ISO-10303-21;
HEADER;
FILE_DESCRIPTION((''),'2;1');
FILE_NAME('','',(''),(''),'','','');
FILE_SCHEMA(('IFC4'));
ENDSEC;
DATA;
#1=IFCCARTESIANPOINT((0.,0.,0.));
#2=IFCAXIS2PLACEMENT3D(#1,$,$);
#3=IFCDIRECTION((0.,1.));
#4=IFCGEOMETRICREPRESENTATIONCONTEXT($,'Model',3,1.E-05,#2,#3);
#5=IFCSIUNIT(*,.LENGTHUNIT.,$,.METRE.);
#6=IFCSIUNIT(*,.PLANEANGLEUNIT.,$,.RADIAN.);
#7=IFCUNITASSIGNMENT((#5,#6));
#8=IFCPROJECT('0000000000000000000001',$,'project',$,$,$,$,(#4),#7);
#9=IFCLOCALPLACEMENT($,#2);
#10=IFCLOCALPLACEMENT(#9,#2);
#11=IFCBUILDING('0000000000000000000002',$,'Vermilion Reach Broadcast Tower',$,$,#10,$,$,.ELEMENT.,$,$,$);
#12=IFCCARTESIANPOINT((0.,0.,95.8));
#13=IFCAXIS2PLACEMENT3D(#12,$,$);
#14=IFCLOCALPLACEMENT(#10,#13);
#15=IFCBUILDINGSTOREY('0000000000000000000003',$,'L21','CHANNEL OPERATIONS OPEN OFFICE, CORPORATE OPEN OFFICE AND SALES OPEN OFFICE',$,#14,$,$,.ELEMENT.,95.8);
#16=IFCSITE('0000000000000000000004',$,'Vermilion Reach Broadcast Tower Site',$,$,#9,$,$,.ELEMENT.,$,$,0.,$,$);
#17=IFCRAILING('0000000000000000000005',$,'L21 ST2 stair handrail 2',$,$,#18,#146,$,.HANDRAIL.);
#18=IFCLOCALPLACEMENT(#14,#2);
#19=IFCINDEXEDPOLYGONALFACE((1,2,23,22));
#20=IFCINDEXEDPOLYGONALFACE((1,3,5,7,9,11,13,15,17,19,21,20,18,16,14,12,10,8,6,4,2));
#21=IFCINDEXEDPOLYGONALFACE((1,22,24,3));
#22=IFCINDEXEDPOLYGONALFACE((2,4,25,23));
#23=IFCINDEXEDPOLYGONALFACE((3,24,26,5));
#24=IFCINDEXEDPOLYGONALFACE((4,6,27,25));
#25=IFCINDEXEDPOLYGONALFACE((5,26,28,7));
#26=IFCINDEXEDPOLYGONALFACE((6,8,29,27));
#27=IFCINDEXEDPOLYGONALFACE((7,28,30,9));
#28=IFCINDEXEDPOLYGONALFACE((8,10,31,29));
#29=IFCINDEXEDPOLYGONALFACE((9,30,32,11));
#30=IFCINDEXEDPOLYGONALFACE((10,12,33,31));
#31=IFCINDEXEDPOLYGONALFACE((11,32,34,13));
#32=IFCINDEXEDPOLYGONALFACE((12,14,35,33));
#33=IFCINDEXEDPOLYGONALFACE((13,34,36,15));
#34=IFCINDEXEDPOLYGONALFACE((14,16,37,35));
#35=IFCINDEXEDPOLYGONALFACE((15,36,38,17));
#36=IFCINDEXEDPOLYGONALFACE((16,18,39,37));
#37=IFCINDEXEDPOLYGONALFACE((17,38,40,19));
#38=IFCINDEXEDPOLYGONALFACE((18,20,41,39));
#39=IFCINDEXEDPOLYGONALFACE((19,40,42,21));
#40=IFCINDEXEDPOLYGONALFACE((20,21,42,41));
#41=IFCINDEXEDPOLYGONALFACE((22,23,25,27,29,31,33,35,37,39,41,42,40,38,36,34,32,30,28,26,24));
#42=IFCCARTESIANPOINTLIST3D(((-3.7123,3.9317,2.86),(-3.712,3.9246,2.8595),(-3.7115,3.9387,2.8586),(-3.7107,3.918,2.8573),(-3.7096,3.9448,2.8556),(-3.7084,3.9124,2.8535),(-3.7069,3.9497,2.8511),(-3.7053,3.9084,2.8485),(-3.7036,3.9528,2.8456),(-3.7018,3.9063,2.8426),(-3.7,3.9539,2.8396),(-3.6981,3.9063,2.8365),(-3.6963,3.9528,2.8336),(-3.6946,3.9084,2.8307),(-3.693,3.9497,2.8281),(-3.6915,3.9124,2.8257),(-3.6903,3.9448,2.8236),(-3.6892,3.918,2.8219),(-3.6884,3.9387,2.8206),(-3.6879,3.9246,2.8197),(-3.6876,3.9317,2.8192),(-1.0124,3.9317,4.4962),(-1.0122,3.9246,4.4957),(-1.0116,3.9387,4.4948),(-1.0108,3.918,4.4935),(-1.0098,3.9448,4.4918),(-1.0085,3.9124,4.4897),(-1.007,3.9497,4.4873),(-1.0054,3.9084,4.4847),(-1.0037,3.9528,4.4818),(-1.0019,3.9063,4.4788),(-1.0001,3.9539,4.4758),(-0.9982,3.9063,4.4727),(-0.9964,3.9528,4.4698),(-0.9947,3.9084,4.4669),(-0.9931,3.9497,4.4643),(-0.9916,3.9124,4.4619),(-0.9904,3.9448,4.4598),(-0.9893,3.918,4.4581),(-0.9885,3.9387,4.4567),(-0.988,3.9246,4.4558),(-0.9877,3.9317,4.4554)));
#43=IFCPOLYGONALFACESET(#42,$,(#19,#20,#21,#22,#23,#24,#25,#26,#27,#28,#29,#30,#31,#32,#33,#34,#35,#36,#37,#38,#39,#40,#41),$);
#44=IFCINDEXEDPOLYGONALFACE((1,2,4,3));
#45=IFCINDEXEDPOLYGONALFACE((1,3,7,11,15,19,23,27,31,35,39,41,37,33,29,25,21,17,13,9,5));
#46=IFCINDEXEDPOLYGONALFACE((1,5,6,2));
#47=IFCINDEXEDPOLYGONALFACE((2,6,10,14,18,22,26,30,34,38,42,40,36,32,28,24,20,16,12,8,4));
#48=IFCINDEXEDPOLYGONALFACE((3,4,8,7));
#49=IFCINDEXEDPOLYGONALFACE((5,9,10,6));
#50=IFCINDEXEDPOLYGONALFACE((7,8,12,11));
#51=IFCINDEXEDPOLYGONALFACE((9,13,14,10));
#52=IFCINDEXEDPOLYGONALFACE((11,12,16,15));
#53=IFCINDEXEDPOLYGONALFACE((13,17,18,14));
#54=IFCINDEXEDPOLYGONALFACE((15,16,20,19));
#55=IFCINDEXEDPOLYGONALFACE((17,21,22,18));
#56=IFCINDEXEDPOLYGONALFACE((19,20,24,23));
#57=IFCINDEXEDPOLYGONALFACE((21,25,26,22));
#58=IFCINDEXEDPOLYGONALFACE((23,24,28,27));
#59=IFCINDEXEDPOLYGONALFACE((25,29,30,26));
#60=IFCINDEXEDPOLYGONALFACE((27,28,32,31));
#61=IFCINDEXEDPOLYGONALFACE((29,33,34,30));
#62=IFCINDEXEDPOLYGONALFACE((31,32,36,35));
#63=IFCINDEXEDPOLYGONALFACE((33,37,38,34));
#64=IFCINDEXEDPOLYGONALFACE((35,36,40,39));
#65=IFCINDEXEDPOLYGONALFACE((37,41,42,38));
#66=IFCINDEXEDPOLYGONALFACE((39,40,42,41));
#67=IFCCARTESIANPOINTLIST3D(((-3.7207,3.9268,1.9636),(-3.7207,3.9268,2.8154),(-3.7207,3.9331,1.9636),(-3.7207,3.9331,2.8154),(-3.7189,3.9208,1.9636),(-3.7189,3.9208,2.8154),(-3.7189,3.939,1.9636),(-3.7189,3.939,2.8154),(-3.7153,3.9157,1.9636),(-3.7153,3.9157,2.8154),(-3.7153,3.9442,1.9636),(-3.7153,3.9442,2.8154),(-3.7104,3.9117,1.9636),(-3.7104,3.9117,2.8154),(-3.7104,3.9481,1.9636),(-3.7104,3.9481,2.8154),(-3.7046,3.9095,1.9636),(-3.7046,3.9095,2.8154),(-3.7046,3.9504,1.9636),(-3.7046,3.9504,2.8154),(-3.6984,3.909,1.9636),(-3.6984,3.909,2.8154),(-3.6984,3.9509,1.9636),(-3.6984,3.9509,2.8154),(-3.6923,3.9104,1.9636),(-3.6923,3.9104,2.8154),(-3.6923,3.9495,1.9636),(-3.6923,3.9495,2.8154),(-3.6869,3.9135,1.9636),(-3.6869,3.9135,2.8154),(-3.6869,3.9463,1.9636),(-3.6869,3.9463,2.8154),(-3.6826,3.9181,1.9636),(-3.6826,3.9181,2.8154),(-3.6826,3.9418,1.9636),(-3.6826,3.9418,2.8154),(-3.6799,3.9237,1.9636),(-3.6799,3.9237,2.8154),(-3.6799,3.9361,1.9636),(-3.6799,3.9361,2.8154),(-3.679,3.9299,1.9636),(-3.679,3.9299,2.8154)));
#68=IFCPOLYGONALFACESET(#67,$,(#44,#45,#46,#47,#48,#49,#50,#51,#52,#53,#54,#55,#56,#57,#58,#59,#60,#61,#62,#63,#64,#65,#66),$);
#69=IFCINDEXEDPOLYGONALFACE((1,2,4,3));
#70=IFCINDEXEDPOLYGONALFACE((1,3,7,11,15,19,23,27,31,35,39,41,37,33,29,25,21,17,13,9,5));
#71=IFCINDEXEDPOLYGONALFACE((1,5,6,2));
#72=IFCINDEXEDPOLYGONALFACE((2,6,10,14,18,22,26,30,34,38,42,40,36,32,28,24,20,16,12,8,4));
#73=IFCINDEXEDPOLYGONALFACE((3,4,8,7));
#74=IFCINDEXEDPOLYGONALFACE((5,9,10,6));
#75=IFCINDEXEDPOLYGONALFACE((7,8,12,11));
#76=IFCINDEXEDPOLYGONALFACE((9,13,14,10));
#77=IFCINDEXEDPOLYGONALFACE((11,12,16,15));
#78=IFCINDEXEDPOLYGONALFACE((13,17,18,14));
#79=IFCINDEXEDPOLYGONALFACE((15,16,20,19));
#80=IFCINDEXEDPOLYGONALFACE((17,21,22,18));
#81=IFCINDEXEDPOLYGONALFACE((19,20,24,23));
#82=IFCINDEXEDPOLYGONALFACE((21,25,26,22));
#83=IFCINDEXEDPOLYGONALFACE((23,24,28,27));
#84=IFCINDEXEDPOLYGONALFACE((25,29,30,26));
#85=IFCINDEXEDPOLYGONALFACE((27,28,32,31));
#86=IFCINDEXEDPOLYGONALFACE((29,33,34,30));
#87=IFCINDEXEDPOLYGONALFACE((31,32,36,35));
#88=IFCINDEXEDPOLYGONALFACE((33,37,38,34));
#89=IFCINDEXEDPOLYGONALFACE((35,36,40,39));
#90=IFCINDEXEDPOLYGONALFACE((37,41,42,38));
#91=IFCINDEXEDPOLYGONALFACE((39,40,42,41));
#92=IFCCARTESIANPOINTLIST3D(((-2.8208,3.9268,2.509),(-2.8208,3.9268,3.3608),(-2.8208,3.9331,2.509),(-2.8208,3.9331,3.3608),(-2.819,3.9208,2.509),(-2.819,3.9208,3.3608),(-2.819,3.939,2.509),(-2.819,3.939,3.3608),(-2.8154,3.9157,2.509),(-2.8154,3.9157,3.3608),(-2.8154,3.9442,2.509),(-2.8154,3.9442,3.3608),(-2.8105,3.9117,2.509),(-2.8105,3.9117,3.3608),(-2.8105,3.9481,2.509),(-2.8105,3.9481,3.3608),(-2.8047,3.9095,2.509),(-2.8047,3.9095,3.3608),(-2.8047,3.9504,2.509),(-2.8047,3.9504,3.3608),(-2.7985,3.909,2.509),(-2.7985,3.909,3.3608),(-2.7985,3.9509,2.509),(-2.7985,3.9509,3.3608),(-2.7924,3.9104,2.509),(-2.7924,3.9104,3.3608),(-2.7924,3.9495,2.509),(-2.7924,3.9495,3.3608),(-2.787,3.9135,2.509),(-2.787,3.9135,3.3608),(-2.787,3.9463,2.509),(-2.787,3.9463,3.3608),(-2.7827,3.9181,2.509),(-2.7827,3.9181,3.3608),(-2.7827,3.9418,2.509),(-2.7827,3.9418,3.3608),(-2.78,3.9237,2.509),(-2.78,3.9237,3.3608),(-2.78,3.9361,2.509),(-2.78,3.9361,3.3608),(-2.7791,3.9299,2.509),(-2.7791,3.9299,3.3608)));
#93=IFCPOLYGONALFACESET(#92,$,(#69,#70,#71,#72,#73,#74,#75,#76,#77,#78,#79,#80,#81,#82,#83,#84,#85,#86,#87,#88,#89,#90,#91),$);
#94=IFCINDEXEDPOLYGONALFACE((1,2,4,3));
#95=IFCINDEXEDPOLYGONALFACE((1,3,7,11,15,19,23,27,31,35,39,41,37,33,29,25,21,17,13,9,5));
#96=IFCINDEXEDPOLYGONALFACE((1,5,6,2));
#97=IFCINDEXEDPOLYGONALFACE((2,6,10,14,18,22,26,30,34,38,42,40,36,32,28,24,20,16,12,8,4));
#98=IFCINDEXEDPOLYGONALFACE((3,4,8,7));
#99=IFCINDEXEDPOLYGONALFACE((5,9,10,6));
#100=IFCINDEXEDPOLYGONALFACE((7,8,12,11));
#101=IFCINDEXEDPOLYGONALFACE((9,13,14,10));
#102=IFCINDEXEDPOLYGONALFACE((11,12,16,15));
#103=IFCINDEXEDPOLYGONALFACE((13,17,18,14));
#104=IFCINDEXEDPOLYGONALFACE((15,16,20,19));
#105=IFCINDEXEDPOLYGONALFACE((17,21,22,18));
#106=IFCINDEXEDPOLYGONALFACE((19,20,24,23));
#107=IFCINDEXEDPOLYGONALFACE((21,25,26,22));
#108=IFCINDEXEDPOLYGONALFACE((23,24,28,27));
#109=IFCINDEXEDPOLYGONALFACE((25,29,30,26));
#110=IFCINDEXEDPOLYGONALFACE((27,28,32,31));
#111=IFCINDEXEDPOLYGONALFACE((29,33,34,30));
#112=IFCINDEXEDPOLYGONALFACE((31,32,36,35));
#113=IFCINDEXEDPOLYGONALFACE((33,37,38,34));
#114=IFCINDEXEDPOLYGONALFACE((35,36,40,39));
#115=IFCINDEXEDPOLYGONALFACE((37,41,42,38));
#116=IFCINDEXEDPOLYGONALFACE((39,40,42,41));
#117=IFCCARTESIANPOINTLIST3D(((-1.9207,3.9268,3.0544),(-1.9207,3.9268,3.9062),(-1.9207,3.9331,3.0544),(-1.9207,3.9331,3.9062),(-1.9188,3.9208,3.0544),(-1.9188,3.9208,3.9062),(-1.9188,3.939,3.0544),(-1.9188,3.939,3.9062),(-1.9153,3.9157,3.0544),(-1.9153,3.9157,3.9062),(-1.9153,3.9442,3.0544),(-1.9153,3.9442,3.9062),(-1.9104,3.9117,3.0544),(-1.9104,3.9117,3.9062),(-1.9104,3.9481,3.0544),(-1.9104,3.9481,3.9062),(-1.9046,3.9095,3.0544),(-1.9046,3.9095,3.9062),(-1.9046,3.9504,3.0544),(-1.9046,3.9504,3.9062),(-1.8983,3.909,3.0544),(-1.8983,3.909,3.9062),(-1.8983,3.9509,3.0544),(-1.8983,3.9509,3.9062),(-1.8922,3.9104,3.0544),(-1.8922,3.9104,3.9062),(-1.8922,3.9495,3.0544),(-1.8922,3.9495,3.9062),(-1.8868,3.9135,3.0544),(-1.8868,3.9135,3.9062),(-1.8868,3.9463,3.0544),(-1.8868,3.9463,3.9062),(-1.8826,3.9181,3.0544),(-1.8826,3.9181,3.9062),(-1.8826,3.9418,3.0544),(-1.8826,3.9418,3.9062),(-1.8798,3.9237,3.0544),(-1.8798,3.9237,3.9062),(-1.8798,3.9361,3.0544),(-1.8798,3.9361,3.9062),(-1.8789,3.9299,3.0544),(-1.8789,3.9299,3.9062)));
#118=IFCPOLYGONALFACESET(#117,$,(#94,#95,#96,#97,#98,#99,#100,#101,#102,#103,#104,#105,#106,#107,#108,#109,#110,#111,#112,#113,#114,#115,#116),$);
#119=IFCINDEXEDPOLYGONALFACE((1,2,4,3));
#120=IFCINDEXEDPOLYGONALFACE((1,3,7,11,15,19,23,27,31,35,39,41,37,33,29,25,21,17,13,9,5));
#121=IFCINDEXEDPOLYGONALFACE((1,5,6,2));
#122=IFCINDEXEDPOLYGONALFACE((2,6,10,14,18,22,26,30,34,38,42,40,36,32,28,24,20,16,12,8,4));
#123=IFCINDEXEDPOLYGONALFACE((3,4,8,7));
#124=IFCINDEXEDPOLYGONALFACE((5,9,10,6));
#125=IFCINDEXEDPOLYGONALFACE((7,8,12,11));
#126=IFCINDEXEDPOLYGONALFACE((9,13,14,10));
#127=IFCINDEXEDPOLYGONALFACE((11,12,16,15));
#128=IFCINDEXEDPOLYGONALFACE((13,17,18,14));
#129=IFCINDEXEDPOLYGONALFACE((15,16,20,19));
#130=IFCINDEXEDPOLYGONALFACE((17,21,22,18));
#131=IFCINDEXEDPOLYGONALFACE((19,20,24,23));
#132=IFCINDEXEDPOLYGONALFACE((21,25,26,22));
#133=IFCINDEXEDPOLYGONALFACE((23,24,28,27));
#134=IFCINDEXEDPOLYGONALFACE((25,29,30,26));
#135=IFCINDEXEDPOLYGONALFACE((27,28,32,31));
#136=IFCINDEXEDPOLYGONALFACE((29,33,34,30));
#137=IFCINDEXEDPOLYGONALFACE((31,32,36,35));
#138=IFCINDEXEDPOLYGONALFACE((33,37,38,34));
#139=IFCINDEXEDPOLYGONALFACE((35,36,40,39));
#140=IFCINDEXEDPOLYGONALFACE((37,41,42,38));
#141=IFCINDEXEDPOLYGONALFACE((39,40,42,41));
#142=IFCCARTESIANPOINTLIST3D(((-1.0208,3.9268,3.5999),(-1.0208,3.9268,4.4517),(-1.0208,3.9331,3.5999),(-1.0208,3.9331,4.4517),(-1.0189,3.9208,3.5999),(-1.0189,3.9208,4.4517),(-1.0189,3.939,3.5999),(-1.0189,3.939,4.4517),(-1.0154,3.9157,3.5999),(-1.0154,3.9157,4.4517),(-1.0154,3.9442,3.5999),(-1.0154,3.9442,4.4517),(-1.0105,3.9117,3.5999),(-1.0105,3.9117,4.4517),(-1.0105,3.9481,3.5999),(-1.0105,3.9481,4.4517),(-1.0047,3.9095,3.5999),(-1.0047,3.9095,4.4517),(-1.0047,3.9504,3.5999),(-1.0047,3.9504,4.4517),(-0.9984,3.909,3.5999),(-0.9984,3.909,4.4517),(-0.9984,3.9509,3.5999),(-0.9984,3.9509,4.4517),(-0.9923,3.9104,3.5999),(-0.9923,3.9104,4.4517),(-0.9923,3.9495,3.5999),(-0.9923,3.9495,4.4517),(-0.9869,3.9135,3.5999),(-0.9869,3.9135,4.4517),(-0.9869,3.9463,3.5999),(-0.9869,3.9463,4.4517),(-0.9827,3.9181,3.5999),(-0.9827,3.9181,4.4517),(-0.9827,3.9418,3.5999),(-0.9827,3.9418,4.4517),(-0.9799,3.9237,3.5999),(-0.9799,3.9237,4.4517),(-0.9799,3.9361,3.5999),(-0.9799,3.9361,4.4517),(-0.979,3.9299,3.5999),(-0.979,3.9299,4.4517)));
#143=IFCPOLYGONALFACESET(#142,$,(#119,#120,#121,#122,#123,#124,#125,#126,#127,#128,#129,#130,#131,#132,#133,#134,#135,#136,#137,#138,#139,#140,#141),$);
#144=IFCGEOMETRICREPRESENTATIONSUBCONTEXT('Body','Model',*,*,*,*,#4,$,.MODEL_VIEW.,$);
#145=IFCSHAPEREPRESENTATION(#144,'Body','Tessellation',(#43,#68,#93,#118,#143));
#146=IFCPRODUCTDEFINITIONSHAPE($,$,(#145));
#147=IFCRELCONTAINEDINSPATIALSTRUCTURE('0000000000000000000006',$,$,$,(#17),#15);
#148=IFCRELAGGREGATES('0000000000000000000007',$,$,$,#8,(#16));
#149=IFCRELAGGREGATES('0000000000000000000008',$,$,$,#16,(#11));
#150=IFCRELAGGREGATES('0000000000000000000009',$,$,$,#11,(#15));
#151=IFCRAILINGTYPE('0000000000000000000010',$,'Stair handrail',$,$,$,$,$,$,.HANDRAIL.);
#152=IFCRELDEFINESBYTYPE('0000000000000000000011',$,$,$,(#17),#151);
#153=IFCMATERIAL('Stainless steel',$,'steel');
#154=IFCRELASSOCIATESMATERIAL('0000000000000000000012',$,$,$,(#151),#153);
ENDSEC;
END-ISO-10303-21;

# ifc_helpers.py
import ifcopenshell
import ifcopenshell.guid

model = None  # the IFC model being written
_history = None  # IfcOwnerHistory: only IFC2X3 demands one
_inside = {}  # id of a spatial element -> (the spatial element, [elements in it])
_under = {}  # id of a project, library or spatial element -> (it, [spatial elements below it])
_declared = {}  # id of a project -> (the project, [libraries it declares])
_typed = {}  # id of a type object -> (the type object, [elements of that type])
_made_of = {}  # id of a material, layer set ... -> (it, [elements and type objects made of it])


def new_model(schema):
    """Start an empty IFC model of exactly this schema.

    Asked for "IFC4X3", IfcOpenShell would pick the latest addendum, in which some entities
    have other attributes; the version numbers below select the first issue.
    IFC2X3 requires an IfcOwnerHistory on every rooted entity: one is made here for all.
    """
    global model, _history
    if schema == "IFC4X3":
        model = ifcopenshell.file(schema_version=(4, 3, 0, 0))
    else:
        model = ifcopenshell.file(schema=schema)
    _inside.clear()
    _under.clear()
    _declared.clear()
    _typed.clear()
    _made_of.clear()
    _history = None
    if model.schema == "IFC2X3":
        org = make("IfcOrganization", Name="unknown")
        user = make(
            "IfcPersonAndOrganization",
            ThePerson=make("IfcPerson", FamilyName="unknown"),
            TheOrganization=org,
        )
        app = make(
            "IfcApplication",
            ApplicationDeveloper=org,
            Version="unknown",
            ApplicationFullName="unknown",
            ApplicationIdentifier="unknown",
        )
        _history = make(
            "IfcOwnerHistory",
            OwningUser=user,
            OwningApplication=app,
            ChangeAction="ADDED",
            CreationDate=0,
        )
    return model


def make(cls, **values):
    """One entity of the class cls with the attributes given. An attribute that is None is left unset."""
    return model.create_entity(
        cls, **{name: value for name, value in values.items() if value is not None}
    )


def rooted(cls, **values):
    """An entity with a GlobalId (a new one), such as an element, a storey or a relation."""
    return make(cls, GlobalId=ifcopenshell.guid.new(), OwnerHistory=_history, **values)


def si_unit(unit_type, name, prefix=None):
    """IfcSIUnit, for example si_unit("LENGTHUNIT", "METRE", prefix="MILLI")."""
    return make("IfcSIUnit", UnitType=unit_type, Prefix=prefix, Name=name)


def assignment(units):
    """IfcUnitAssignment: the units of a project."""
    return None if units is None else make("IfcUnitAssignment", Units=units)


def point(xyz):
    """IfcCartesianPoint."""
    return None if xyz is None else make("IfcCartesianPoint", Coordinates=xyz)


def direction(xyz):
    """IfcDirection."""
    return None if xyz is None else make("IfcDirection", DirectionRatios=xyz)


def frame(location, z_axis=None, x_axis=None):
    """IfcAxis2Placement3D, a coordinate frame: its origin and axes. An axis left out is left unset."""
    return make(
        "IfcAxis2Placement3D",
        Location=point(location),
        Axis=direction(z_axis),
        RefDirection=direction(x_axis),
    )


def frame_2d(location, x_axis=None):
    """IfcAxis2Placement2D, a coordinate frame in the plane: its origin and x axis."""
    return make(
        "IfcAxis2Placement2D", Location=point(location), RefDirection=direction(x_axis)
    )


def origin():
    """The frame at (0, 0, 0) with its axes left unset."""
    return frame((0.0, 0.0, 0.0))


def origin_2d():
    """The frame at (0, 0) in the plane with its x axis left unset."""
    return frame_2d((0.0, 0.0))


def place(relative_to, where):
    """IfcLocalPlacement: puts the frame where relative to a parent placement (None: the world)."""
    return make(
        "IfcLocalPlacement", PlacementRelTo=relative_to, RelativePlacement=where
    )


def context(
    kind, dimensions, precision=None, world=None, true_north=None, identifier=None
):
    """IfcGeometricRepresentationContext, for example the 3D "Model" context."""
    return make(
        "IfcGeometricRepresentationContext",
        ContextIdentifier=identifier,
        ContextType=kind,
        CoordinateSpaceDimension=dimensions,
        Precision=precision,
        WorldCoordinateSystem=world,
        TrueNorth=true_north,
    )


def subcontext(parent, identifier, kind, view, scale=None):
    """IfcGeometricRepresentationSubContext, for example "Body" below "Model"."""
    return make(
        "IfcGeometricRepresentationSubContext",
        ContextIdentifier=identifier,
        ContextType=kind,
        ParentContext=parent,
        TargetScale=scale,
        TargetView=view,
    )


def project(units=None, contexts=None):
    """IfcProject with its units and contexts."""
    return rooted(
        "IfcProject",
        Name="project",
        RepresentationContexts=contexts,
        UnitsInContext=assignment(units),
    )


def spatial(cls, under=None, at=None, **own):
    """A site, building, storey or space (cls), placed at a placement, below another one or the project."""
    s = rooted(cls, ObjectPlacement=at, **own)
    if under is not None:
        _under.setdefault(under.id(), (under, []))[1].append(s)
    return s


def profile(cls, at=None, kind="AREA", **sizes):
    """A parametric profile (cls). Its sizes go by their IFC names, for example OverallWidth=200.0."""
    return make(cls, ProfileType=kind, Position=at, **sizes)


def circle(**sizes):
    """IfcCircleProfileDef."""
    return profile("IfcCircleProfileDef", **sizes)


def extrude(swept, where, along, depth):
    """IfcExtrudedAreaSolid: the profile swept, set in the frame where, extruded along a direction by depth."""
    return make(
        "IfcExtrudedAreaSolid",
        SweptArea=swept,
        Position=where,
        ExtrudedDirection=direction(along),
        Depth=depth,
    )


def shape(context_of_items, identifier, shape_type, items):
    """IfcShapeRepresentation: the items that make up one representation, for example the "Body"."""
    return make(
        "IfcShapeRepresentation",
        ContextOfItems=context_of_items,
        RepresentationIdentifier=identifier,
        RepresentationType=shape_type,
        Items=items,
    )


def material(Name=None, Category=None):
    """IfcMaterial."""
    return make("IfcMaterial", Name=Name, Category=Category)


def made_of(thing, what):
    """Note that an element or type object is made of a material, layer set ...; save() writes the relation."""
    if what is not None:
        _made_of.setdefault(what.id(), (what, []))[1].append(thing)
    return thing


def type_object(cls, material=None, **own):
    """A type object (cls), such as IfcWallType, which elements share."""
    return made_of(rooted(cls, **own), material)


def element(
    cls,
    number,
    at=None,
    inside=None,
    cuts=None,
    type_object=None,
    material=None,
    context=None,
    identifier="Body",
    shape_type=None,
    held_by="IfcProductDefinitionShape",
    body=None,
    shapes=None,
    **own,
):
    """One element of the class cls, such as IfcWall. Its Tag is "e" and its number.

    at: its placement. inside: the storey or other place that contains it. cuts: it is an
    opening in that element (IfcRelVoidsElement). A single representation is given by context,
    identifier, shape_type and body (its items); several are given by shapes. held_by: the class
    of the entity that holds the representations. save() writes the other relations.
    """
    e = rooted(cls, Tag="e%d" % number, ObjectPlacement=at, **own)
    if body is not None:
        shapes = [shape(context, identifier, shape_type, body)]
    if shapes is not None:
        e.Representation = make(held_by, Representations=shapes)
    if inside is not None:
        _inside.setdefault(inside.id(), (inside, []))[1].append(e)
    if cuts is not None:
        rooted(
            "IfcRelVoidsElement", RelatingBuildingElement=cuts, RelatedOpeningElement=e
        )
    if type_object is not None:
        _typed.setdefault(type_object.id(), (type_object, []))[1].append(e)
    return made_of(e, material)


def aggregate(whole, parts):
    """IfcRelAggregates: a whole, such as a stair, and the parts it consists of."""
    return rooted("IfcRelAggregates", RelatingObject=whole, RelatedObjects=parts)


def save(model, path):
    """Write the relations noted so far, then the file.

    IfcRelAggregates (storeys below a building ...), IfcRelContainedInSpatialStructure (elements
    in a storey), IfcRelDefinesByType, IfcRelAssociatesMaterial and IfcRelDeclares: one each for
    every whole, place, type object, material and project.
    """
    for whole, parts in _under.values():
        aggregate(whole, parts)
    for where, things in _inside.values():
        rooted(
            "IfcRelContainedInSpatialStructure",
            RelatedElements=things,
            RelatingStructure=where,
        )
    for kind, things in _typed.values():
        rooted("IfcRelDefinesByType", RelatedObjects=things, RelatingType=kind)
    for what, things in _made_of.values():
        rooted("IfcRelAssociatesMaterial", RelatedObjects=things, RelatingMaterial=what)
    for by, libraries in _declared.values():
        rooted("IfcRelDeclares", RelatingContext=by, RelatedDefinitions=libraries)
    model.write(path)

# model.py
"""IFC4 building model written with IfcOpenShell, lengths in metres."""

from ifc_helpers import new_model, si_unit, direction, frame, origin, origin_2d, place, context, subcontext, project, spatial, circle, extrude, material, type_object, element, save


model = new_model("IFC4")

# Units and contexts
model_context = context("Model", 3, precision=1e-05, world=origin(), true_north=direction((0.0, 1.0)))
body_context = subcontext(model_context, "Body", "Model", "MODEL_VIEW")
ifc_project = project(units=[si_unit("LENGTHUNIT", "METRE"), si_unit("PLANEANGLEUNIT", "RADIAN")], contexts=[model_context])

# Site, building, storey
site_placement = place(None, origin())
site = spatial("IfcSite", under=ifc_project, at=site_placement, Name="Vermilion Reach Broadcast Tower Site", CompositionType="ELEMENT", RefElevation=0.0)
building_placement = place(site_placement, origin())
building = spatial("IfcBuilding", under=site, at=building_placement, Name="Vermilion Reach Broadcast Tower", CompositionType="ELEMENT")
storey_placement = place(building_placement, frame((0.0, 0.0, 95.8)))
storey = spatial("IfcBuildingStorey", under=building, at=storey_placement, Name="L21", Description="CHANNEL OPERATIONS OPEN OFFICE, CORPORATE OPEN OFFICE AND SALES OPEN OFFICE", CompositionType="ELEMENT", Elevation=95.8)

# Railing
ifc_material_1 = material(Name="Stainless steel", Category="steel")
railing_type_1 = type_object("IfcRailingType", Name="Stair handrail", PredefinedType="HANDRAIL", material=ifc_material_1)
railing_1_placement = place(storey_placement, frame((-3.7, 3.9299, 1.9636)))
element("IfcRailing", 1, at=railing_1_placement, inside=storey, type_object=railing_type_1, Name="L21 ST2 stair handrail 2", PredefinedType="HANDRAIL", context=body_context, shape_type="SweptSolid", body=[
    extrude(circle(Radius=0.0239, at=origin_2d()), frame((0.0, 0.0, 0.876), z_axis=(0.855212, 0.0, 0.518278), x_axis=(0.0, 1.0, 0.0)), (0.0, 0.0, 1.0), 3.157),
    extrude(circle(Radius=0.021, at=origin_2d()), origin(), (0.0, 0.0, 1.0), 0.8518),
    extrude(circle(Radius=0.021, at=origin_2d()), frame((0.8999, 0.0, 0.5454)), (0.0, 0.0, 1.0), 0.8518),
    extrude(circle(Radius=0.021, at=origin_2d()), frame((1.8, 0.0, 1.0908)), (0.0, 0.0, 1.0), 0.8518),
    extrude(circle(Radius=0.021, at=origin_2d()), frame((2.7, 0.0, 1.6362)), (0.0, 0.0, 1.0), 0.8518),
])

save(model, "model.ifc")
